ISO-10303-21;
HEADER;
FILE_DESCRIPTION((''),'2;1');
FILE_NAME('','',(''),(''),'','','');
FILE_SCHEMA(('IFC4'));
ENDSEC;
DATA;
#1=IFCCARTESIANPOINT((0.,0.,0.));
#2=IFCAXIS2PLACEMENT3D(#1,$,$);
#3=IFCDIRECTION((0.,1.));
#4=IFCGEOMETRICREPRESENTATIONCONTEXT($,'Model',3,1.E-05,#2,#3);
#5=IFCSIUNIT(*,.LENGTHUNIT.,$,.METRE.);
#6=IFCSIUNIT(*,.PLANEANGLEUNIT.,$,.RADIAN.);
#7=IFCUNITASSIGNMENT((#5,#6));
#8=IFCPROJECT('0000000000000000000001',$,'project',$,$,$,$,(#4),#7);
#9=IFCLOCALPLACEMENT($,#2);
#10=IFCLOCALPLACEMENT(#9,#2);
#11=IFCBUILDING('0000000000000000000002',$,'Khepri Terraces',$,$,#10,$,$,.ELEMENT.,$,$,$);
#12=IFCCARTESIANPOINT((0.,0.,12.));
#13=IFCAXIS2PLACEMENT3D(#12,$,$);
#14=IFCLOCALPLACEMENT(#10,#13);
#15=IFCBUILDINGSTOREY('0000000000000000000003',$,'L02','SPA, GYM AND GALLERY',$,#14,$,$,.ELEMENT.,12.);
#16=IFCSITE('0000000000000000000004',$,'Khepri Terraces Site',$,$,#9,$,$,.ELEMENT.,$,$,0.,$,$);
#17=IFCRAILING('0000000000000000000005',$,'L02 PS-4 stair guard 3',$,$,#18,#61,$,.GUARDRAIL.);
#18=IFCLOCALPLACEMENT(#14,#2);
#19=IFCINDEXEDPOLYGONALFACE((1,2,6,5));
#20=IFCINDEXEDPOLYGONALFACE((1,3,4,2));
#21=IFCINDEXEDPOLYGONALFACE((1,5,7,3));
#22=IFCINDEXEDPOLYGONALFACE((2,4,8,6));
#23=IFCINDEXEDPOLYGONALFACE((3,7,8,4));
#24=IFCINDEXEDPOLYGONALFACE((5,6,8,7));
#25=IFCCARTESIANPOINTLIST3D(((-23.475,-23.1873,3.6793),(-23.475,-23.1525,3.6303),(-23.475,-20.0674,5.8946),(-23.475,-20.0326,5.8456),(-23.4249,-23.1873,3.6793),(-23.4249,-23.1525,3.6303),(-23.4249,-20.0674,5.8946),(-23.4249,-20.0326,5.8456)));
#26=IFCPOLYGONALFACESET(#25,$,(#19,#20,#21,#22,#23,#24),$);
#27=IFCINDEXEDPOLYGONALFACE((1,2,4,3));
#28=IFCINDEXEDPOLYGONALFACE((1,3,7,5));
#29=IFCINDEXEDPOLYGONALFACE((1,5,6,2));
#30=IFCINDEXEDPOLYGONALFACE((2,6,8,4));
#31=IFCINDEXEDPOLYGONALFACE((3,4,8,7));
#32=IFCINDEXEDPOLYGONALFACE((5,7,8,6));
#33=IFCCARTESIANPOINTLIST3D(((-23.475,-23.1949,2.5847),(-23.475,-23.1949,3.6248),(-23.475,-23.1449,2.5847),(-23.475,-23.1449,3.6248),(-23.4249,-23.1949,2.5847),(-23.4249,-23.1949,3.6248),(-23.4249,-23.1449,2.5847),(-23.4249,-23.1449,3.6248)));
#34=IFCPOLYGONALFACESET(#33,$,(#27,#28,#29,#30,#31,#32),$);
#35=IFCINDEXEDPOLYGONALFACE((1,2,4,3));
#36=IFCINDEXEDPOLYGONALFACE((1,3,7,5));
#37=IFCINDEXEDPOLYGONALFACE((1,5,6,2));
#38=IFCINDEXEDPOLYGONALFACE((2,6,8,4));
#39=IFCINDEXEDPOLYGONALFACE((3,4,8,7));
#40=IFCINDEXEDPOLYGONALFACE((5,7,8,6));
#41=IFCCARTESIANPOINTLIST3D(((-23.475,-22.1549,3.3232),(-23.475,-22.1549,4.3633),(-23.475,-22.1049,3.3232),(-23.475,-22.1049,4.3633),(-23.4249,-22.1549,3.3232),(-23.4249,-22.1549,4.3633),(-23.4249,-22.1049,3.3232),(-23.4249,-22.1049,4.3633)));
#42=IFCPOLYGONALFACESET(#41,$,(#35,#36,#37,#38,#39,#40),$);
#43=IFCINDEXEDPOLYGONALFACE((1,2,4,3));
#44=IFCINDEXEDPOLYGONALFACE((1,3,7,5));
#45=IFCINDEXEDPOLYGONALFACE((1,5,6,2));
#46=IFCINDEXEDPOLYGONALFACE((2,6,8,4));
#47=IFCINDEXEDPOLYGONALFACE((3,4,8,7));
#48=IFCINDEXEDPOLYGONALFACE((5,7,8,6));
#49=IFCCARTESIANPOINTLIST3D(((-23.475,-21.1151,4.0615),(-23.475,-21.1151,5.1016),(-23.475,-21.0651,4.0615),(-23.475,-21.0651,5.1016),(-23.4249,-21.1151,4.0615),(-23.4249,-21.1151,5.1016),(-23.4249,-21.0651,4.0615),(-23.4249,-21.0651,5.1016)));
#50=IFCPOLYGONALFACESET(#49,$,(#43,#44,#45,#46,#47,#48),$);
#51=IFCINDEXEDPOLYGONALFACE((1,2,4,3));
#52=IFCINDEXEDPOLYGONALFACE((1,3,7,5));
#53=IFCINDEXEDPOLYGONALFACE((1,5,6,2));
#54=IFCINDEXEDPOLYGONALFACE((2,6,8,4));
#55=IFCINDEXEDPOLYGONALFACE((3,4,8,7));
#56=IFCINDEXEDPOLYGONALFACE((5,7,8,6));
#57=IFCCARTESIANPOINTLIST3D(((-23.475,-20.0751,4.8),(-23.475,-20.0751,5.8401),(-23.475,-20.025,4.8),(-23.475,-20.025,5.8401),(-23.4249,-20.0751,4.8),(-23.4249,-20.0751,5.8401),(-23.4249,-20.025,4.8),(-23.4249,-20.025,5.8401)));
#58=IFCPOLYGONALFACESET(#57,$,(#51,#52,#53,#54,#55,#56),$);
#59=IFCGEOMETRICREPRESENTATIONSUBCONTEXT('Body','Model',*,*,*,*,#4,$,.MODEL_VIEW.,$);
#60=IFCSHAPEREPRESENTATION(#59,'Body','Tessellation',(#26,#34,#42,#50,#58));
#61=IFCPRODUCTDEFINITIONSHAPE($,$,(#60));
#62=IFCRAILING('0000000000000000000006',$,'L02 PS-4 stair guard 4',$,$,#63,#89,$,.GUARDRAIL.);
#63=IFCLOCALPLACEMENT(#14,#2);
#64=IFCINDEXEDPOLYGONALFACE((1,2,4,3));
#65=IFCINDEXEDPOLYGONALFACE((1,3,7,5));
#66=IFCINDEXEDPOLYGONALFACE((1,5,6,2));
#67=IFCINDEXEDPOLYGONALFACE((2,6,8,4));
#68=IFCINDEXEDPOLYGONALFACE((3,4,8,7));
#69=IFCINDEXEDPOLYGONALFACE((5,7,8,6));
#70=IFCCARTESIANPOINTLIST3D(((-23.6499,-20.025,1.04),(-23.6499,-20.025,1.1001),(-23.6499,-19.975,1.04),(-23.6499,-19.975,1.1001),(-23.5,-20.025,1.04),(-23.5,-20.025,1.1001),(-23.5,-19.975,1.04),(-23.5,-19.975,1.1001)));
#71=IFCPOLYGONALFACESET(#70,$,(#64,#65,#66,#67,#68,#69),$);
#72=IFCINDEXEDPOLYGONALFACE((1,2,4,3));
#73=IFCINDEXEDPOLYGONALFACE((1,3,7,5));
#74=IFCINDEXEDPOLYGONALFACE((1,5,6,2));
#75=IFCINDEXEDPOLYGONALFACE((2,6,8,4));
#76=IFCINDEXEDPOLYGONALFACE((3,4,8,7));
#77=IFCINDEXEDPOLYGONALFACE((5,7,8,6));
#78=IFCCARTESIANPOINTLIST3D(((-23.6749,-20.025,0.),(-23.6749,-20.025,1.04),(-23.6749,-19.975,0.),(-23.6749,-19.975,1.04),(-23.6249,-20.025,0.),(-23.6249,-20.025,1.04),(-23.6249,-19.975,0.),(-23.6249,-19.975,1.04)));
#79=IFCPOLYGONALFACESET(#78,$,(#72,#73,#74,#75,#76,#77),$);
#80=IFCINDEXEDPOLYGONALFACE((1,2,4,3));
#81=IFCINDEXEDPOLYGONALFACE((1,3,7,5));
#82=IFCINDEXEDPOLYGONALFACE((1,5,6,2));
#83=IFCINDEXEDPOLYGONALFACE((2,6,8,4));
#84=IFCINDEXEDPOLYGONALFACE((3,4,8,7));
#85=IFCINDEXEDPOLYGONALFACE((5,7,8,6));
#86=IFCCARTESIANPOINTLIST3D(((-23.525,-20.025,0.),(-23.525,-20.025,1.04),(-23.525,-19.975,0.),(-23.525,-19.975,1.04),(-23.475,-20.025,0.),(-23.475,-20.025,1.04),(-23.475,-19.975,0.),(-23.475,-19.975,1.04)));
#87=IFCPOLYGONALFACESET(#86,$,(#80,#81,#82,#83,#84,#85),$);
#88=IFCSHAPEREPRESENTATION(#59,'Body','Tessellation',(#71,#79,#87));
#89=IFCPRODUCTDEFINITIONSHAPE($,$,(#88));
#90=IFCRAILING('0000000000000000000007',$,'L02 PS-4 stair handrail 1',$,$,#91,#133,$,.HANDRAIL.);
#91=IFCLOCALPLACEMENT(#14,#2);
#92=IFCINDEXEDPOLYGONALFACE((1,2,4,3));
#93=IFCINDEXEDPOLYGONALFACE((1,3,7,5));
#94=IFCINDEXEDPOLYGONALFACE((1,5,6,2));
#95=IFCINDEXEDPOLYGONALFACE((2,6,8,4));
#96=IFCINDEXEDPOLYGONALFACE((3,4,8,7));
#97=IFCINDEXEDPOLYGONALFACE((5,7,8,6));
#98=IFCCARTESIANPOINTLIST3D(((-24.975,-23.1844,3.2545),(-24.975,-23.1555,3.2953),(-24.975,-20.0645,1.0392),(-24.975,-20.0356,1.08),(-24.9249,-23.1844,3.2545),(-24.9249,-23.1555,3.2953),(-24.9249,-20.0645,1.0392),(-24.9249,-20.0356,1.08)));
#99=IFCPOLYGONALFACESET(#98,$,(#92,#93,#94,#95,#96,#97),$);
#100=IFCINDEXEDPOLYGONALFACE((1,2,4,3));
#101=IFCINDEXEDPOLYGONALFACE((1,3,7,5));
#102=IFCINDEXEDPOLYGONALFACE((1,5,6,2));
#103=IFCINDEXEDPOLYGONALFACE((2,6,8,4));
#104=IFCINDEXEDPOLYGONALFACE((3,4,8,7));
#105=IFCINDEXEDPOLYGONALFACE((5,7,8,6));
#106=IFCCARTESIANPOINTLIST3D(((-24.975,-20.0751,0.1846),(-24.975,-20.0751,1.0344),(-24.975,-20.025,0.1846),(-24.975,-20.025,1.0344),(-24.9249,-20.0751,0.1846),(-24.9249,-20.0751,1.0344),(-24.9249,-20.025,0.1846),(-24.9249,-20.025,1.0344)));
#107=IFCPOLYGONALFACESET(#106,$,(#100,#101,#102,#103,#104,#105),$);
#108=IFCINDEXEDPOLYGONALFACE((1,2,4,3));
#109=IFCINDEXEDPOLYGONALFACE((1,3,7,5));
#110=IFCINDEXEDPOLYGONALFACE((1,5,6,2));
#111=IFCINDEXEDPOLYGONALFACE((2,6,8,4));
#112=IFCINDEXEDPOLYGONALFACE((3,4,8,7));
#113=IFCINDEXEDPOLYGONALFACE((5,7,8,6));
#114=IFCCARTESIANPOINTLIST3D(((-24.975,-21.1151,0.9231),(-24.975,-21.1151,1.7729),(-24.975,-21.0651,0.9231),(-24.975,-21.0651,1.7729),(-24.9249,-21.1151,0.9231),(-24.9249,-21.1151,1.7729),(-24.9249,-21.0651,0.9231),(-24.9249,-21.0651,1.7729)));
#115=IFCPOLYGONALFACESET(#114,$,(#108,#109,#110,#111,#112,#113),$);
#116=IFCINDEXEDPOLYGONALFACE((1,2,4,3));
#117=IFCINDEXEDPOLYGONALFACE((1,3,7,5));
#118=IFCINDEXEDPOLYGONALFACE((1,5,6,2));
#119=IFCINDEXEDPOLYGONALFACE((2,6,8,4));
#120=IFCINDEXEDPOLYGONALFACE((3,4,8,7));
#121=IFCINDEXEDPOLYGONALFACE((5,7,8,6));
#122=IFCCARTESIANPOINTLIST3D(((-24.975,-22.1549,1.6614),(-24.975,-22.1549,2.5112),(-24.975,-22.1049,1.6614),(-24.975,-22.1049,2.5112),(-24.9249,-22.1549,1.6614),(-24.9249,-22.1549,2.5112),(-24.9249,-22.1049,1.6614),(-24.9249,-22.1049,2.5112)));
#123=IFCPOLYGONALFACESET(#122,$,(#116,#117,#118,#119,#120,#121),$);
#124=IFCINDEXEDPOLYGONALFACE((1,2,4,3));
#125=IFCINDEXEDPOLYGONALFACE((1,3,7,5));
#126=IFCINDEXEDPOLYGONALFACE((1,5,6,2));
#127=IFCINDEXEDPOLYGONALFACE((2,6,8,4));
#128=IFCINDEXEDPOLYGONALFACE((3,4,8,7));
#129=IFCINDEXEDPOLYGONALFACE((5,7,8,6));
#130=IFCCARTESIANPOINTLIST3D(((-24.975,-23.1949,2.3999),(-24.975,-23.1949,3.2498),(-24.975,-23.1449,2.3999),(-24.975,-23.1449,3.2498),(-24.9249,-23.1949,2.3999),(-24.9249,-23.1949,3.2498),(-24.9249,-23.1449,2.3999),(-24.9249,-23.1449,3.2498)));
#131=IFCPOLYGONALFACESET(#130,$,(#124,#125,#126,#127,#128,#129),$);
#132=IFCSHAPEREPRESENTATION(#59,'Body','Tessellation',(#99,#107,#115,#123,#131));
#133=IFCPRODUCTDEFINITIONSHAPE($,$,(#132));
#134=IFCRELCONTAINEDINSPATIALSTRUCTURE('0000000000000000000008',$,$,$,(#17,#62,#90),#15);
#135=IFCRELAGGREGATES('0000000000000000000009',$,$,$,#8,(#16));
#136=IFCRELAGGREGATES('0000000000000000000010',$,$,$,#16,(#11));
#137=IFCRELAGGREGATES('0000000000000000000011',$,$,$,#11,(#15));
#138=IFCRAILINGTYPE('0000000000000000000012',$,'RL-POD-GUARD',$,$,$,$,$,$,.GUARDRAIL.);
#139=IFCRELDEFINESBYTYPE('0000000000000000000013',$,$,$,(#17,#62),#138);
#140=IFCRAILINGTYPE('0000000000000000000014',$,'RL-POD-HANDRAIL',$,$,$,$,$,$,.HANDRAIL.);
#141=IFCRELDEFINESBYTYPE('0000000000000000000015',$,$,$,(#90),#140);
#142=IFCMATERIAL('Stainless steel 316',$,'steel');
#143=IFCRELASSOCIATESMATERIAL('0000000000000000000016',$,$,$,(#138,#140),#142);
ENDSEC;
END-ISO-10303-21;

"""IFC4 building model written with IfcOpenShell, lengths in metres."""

from ifc_helpers import new_model, si_unit, direction, frame, origin, origin_2d, place, context, subcontext, project, spatial, rectangle, extrude, material, type_object, element, save


model = new_model("IFC4")

# Units and contexts
model_context = context("Model", 3, precision=1e-05, world=origin(), true_north=direction((0.0, 1.0)))
body_context = subcontext(model_context, "Body", "Model", "MODEL_VIEW")
ifc_project = project(units=[si_unit("LENGTHUNIT", "METRE"), si_unit("PLANEANGLEUNIT", "RADIAN")], contexts=[model_context])

# Site, building, storey
site_placement = place(None, origin())
site = spatial("IfcSite", under=ifc_project, at=site_placement, Name="Khepri Terraces Site", CompositionType="ELEMENT", RefElevation=0.0)
building_placement = place(site_placement, origin())
building = spatial("IfcBuilding", under=site, at=building_placement, Name="Khepri Terraces", CompositionType="ELEMENT")
storey_placement = place(building_placement, frame((0.0, 0.0, 12.0)))
storey = spatial("IfcBuildingStorey", under=building, at=storey_placement, Name="L02", Description="SPA, GYM AND GALLERY", CompositionType="ELEMENT", Elevation=12.0)

# Railings
ifc_material_1 = material(Name="Stainless steel 316", Category="steel")
railing_type_1 = type_object("IfcRailingType", Name="RL-POD-GUARD", PredefinedType="GUARDRAIL", material=ifc_material_1)
railing_1_placement = place(storey_placement, frame((-23.45, -23.1699, 2.5847)))
element("IfcRailing", 1, at=railing_1_placement, inside=storey, type_object=railing_type_1, Name="L02 PS-4 stair guard 3", PredefinedType="GUARDRAIL", context=body_context, shape_type="SweptSolid", body=[
    extrude(rectangle(XDim=0.05, YDim=0.0601, at=origin_2d()), frame((0.0, 0.0, 1.0701), z_axis=(0.0, 0.815356, 0.578961), x_axis=(-1.0, 0.0, 0.0)), (0.0, 0.0, 1.0), 3.8264),
    extrude(rectangle(XDim=0.05, YDim=0.05, at=origin_2d()), origin(), (0.0, 0.0, 1.0), 1.04),
    extrude(rectangle(XDim=0.05, YDim=0.05, at=origin_2d()), frame((0.0, 1.04, 0.7385)), (0.0, 0.0, 1.0), 1.04),
    extrude(rectangle(XDim=0.05, YDim=0.05, at=origin_2d()), frame((0.0, 2.0798, 1.4768)), (0.0, 0.0, 1.0), 1.04),
    extrude(rectangle(XDim=0.05, YDim=0.05, at=origin_2d()), frame((0.0, 3.1199, 2.2153)), (0.0, 0.0, 1.0), 1.04),
])
railing_2_placement = place(storey_placement, frame((-23.6499, -20.0, 0.0)))
element("IfcRailing", 2, at=railing_2_placement, inside=storey, type_object=railing_type_1, Name="L02 PS-4 stair guard 4", PredefinedType="GUARDRAIL", context=body_context, shape_type="SweptSolid", body=[
    extrude(rectangle(XDim=0.05, YDim=0.0601, at=origin_2d()), frame((0.0, 0.0, 1.0701), z_axis=(1.0, 0.0, 0.0), x_axis=(0.0, 1.0, 0.0)), (0.0, 0.0, 1.0), 0.1499),
    extrude(rectangle(XDim=0.05, YDim=0.05, at=origin_2d()), origin(), (0.0, 0.0, 1.0), 1.04),
    extrude(rectangle(XDim=0.05, YDim=0.05, at=origin_2d()), frame((0.1499, 0.0, 0.0)), (0.0, 0.0, 1.0), 1.04),
])
railing_type_2 = type_object("IfcRailingType", Name="RL-POD-HANDRAIL", PredefinedType="HANDRAIL", material=ifc_material_1)
railing_3_placement = place(storey_placement, frame((-24.95, -20.05, 0.1846)))
element("IfcRailing", 3, at=railing_3_placement, inside=storey, type_object=railing_type_2, Name="L02 PS-4 stair handrail 1", PredefinedType="HANDRAIL", context=body_context, shape_type="SweptSolid", body=[
    extrude(rectangle(XDim=0.05, YDim=0.05, at=origin_2d()), frame((0.0, 0.0, 0.875), z_axis=(0.0, -0.815356, 0.578961), x_axis=(1.0, 0.0, 0.0)), (0.0, 0.0, 1.0), 3.8264),
    extrude(rectangle(XDim=0.05, YDim=0.05, at=origin_2d()), origin(), (0.0, 0.0, 1.0), 0.8499),
    extrude(rectangle(XDim=0.05, YDim=0.05, at=origin_2d()), frame((0.0, -1.04, 0.7385)), (0.0, 0.0, 1.0), 0.8499),
    extrude(rectangle(XDim=0.05, YDim=0.05, at=origin_2d()), frame((0.0, -2.0798, 1.4768)), (0.0, 0.0, 1.0), 0.8499),
    extrude(rectangle(XDim=0.05, YDim=0.05, at=origin_2d()), frame((0.0, -3.1199, 2.2153)), (0.0, 0.0, 1.0), 0.8499),
])

save(model, "model.ifc")
